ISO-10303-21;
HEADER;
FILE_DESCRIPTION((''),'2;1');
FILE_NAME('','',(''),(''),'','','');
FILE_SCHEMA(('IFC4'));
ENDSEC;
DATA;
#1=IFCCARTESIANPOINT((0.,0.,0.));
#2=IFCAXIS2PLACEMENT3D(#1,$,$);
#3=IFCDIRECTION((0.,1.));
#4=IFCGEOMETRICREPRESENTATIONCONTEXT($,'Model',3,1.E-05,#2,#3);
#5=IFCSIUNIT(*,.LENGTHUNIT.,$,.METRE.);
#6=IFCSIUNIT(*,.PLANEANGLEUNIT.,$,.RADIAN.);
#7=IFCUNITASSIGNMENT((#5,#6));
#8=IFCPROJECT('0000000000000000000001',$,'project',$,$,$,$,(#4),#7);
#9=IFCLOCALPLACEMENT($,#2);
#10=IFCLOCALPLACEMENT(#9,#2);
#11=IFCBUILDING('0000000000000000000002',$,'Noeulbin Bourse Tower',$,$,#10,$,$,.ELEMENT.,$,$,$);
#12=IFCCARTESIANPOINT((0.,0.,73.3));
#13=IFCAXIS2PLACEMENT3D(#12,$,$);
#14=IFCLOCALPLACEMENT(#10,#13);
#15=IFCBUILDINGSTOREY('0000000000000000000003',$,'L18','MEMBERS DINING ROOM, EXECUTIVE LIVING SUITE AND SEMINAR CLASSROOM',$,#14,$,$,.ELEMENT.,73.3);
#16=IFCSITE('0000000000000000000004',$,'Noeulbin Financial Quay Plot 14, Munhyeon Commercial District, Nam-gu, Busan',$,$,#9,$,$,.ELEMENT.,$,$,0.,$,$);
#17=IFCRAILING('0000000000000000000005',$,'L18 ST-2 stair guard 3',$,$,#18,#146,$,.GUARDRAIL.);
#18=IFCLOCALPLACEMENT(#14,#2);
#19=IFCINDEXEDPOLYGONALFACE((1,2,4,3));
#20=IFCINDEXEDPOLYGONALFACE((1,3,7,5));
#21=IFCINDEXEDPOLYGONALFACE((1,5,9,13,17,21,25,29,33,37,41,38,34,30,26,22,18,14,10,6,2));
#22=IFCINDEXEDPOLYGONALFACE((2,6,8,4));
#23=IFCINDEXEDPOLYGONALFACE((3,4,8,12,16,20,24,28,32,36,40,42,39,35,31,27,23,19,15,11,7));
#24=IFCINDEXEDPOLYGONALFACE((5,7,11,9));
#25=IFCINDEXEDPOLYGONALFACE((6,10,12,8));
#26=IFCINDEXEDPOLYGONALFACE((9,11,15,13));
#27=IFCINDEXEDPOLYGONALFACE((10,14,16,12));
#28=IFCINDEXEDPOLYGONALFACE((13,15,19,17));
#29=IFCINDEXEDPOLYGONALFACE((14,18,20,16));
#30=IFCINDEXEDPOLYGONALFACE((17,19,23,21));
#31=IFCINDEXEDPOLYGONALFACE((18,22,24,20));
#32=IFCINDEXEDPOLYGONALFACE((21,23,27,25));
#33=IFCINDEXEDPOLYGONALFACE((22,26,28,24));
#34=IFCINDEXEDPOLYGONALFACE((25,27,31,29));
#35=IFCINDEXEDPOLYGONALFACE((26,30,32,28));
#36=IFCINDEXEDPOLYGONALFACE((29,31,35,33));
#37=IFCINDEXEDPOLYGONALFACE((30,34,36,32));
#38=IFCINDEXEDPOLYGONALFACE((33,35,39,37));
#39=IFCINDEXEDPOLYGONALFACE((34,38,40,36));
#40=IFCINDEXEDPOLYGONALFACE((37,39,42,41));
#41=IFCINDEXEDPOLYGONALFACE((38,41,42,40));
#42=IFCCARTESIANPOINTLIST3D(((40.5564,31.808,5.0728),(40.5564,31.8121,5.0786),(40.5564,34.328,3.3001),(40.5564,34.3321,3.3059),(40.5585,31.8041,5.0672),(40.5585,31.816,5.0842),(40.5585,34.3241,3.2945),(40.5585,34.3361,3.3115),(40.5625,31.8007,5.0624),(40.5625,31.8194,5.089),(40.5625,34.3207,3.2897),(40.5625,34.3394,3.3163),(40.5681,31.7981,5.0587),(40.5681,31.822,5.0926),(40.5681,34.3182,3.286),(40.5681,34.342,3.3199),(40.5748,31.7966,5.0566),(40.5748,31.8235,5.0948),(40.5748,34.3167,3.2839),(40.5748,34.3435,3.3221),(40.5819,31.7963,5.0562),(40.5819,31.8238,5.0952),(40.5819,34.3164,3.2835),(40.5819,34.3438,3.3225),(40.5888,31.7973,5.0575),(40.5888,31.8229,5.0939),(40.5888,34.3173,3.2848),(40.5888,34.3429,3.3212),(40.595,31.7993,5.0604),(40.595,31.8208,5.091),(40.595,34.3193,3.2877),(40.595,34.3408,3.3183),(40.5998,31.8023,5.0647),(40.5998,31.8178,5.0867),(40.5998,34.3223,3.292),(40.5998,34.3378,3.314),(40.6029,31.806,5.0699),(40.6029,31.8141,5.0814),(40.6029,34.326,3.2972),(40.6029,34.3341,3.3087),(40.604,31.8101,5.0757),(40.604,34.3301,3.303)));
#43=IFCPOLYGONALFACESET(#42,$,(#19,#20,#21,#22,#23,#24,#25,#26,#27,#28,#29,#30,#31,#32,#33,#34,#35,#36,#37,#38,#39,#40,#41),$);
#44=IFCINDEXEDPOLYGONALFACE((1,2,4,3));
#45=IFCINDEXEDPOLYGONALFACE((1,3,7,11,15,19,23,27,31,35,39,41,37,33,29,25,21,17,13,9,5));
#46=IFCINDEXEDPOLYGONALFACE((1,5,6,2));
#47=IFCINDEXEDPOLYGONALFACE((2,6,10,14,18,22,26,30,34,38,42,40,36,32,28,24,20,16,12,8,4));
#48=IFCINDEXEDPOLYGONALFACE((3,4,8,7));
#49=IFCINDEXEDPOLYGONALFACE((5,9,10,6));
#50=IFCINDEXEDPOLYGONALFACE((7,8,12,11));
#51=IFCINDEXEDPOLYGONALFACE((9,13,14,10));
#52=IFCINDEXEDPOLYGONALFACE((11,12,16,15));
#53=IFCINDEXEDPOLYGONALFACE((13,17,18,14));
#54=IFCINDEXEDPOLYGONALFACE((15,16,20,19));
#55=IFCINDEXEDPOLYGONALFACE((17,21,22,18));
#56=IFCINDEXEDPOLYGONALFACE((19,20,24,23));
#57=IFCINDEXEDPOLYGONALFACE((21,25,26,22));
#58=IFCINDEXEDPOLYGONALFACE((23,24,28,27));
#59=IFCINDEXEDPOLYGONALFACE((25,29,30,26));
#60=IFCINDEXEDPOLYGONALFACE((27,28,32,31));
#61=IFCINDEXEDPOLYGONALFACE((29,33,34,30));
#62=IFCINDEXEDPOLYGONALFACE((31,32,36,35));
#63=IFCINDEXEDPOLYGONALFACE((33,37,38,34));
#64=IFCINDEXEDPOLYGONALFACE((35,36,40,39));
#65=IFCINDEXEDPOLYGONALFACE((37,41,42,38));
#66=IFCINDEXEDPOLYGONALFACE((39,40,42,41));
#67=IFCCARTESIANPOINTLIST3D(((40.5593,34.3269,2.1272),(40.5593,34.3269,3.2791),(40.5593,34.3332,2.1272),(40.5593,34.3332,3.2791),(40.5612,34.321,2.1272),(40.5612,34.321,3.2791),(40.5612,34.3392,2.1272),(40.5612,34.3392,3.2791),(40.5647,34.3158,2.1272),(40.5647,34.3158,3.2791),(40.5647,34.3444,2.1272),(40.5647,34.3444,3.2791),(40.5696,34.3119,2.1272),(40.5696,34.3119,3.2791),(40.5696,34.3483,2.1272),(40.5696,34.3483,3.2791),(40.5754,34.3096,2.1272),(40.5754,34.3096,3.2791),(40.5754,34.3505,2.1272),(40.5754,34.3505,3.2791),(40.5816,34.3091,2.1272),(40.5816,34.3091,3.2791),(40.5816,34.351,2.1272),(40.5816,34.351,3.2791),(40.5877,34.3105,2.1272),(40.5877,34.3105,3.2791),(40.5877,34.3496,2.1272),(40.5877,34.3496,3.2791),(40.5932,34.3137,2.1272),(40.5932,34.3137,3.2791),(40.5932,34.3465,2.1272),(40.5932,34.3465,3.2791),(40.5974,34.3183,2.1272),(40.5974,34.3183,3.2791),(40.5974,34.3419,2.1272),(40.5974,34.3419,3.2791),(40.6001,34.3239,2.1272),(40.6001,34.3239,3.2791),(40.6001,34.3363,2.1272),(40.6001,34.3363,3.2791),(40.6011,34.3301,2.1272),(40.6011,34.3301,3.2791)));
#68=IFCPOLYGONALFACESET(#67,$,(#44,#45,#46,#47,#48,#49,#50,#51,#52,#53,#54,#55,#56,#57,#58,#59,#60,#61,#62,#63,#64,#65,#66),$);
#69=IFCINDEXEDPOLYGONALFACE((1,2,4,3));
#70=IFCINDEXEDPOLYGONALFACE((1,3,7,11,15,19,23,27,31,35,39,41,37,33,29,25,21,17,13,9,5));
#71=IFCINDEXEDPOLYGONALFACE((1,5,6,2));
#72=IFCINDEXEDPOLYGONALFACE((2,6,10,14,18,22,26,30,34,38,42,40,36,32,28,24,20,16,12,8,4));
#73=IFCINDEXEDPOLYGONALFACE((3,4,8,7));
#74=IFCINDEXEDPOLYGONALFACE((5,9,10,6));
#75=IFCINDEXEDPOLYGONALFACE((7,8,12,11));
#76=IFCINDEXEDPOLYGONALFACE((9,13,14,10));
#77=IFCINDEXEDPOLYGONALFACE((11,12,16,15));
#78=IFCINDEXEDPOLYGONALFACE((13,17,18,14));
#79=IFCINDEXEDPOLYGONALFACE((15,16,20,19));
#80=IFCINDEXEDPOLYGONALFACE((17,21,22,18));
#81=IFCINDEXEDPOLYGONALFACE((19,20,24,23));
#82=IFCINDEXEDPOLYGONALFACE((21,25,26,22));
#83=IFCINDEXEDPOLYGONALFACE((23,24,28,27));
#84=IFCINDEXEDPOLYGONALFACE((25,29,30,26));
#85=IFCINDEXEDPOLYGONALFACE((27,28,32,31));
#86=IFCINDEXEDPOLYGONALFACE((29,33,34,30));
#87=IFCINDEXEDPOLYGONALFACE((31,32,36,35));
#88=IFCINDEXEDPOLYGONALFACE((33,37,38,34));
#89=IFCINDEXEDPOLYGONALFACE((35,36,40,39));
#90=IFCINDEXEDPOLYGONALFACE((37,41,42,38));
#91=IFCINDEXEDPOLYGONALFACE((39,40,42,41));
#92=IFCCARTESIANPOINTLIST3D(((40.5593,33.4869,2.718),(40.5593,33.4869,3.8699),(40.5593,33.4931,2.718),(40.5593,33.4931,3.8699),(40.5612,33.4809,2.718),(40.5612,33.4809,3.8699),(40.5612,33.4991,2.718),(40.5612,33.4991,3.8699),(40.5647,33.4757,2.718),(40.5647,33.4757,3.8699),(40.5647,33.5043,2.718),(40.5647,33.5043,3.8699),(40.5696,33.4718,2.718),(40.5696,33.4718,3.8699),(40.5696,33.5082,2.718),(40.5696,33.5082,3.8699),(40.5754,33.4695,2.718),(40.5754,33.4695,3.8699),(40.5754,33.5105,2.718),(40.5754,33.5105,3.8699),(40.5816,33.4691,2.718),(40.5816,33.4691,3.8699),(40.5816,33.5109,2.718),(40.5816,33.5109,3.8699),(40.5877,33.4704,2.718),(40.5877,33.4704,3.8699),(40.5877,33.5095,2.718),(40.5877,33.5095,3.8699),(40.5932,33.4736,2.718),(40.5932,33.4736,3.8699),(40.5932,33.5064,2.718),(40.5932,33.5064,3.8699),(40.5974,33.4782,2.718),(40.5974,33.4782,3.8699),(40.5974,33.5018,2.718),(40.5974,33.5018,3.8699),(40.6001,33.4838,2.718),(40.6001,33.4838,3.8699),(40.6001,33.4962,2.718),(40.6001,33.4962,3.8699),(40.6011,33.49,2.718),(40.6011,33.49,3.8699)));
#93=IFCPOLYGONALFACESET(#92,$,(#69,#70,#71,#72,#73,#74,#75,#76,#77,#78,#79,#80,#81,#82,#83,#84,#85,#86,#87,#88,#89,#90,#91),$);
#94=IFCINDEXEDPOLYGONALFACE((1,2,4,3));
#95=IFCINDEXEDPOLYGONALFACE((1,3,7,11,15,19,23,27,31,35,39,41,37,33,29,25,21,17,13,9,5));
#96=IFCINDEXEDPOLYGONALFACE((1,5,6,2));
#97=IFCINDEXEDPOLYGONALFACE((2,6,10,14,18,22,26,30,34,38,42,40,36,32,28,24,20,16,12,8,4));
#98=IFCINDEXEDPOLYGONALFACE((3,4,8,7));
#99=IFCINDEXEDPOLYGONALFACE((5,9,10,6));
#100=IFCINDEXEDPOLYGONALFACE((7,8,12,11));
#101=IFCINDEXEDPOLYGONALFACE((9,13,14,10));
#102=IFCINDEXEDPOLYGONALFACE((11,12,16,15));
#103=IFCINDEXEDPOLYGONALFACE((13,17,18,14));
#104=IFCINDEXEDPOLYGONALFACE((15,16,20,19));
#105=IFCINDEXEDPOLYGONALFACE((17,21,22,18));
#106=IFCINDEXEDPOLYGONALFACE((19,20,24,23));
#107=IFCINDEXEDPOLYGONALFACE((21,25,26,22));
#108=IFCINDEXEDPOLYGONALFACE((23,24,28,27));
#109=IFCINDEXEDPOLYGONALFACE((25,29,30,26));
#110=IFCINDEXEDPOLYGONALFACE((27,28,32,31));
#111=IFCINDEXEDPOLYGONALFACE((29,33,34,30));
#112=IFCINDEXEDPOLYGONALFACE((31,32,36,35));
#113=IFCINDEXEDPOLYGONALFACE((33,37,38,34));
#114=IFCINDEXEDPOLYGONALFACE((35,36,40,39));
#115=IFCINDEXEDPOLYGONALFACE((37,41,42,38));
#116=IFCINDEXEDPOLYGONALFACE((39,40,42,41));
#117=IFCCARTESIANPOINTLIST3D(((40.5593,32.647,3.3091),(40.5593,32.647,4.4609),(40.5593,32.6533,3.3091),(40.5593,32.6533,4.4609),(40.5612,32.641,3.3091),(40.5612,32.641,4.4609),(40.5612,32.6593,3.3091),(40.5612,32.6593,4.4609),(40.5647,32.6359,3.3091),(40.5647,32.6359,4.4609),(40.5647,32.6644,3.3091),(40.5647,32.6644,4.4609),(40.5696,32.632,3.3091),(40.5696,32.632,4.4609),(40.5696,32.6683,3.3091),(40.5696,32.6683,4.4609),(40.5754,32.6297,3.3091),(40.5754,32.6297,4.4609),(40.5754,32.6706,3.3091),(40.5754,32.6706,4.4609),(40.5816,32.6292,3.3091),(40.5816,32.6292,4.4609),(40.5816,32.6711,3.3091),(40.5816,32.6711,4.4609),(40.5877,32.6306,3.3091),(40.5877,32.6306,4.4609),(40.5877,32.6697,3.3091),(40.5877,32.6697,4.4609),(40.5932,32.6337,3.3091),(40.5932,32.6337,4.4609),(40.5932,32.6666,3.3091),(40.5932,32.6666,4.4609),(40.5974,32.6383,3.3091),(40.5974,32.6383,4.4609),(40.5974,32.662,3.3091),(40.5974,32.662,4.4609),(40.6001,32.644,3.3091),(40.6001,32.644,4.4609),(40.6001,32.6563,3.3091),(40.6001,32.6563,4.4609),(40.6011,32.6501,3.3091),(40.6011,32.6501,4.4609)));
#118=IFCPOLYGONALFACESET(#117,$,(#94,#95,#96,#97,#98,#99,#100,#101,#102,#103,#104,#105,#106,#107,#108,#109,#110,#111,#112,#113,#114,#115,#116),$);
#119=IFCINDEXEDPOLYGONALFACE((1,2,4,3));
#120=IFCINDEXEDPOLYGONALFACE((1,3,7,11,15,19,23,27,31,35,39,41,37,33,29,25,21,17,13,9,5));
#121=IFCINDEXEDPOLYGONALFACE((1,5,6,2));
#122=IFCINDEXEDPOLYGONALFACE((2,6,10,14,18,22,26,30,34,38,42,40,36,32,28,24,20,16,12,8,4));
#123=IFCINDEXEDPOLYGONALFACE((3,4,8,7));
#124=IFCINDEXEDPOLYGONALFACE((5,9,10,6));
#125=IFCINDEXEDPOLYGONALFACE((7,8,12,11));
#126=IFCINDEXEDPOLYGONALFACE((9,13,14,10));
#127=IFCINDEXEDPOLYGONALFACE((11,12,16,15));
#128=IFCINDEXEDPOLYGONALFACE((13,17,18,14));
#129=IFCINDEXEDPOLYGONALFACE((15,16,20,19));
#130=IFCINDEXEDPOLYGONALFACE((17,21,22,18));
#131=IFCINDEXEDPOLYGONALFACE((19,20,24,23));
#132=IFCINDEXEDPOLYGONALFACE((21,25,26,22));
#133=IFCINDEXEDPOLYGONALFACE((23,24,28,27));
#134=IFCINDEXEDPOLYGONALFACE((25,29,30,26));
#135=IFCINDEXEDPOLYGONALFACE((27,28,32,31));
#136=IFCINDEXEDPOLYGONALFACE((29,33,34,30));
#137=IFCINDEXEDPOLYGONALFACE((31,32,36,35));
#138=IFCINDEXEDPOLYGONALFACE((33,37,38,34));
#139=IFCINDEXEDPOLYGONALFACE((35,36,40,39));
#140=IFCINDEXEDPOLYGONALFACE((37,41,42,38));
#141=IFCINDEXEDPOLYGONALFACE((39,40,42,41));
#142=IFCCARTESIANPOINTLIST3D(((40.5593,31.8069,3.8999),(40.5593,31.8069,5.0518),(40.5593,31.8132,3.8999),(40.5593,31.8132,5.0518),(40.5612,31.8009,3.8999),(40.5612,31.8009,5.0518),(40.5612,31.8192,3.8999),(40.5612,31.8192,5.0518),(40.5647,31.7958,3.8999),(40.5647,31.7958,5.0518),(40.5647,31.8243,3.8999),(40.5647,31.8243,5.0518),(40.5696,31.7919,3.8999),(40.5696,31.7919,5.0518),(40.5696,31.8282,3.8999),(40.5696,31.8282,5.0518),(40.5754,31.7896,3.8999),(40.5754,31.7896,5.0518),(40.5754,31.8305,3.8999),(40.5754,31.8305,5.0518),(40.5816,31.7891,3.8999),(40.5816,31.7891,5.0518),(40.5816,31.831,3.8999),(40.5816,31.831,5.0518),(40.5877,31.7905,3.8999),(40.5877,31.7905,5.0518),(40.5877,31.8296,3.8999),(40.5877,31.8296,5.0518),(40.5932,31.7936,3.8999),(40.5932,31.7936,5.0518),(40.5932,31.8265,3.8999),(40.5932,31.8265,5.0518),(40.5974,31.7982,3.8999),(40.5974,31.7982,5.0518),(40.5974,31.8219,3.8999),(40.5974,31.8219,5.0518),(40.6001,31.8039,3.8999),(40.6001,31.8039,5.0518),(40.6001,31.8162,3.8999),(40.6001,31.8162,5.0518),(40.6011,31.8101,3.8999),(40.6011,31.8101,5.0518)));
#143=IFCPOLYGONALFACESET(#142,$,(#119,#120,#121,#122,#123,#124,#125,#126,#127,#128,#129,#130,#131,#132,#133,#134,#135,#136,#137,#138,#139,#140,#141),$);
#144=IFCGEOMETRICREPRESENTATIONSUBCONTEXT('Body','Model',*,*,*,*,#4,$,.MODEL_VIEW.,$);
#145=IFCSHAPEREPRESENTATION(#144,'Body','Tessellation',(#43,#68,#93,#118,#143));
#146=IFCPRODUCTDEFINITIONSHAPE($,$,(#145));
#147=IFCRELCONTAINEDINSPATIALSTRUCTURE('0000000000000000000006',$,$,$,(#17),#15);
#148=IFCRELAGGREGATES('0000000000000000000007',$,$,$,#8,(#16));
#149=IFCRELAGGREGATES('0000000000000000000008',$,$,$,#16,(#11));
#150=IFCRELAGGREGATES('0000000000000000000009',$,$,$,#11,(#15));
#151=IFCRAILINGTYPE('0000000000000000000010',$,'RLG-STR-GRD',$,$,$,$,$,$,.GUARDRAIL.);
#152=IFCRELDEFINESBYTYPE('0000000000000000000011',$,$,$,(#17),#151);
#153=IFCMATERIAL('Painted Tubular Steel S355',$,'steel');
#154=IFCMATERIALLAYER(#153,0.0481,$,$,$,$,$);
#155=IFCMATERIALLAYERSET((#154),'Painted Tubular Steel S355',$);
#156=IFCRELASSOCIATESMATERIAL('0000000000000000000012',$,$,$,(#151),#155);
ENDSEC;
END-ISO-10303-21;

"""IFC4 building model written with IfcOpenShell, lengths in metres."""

from ifc_helpers import new_model, si_unit, direction, frame, origin, origin_2d, place, context, subcontext, project, spatial, circle, extrude, material, layer, layer_set, type_object, element, save


model = new_model("IFC4")

# Units and contexts
model_context = context("Model", 3, precision=1e-05, world=origin(), true_north=direction((0.0, 1.0)))
body_context = subcontext(model_context, "Body", "Model", "MODEL_VIEW")
ifc_project = project(units=[si_unit("LENGTHUNIT", "METRE"), si_unit("PLANEANGLEUNIT", "RADIAN")], contexts=[model_context])

# Site, building, storey
site_placement = place(None, origin())
site = spatial("IfcSite", under=ifc_project, at=site_placement, Name="Noeulbin Financial Quay Plot 14, Munhyeon Commercial District, Nam-gu, Busan", CompositionType="ELEMENT", RefElevation=0.0)
building_placement = place(site_placement, origin())
building = spatial("IfcBuilding", under=site, at=building_placement, Name="Noeulbin Bourse Tower", CompositionType="ELEMENT")
storey_placement = place(building_placement, frame((0.0, 0.0, 73.3)))
storey = spatial("IfcBuildingStorey", under=building, at=storey_placement, Name="L18", Description="MEMBERS DINING ROOM, EXECUTIVE LIVING SUITE AND SEMINAR CLASSROOM", CompositionType="ELEMENT", Elevation=73.3)

# Railing
ifc_material_1 = material(Name="Painted Tubular Steel S355", Category="steel")
ifc_layer_1 = layer(ifc_material_1, 0.0481)
ifc_layer_set_1 = layer_set([ifc_layer_1], Name="Painted Tubular Steel S355")
railing_type_1 = type_object("IfcRailingType", Name="RLG-STR-GRD", PredefinedType="GUARDRAIL", material=ifc_layer_set_1)
railing_1_placement = place(storey_placement, frame((40.5801, 34.3301, 2.1272)))
element("IfcRailing", 1, at=railing_1_placement, inside=storey, type_object=railing_type_1, Name="L18 ST-2 stair guard 3", PredefinedType="GUARDRAIL", context=body_context, shape_type="SweptSolid", body=[
    extrude(circle(Radius=0.0239, at=origin_2d()), frame((0.0, 0.0, 1.1758), z_axis=(0.0, -0.817904, 0.575354), x_axis=(1.0, 0.0, 0.0)), (0.0, 0.0, 1.0), 3.0811),
    extrude(circle(Radius=0.021, at=origin_2d()), origin(), (0.0, 0.0, 1.0), 1.1519),
    extrude(circle(Radius=0.021, at=origin_2d()), frame((0.0, -0.8401, 0.5908)), (0.0, 0.0, 1.0), 1.1519),
    extrude(circle(Radius=0.021, at=origin_2d()), frame((0.0, -1.6799, 1.1819)), (0.0, 0.0, 1.0), 1.1519),
    extrude(circle(Radius=0.021, at=origin_2d()), frame((0.0, -2.52, 1.7727)), (0.0, 0.0, 1.0), 1.1519),
])

save(model, "model.ifc")
